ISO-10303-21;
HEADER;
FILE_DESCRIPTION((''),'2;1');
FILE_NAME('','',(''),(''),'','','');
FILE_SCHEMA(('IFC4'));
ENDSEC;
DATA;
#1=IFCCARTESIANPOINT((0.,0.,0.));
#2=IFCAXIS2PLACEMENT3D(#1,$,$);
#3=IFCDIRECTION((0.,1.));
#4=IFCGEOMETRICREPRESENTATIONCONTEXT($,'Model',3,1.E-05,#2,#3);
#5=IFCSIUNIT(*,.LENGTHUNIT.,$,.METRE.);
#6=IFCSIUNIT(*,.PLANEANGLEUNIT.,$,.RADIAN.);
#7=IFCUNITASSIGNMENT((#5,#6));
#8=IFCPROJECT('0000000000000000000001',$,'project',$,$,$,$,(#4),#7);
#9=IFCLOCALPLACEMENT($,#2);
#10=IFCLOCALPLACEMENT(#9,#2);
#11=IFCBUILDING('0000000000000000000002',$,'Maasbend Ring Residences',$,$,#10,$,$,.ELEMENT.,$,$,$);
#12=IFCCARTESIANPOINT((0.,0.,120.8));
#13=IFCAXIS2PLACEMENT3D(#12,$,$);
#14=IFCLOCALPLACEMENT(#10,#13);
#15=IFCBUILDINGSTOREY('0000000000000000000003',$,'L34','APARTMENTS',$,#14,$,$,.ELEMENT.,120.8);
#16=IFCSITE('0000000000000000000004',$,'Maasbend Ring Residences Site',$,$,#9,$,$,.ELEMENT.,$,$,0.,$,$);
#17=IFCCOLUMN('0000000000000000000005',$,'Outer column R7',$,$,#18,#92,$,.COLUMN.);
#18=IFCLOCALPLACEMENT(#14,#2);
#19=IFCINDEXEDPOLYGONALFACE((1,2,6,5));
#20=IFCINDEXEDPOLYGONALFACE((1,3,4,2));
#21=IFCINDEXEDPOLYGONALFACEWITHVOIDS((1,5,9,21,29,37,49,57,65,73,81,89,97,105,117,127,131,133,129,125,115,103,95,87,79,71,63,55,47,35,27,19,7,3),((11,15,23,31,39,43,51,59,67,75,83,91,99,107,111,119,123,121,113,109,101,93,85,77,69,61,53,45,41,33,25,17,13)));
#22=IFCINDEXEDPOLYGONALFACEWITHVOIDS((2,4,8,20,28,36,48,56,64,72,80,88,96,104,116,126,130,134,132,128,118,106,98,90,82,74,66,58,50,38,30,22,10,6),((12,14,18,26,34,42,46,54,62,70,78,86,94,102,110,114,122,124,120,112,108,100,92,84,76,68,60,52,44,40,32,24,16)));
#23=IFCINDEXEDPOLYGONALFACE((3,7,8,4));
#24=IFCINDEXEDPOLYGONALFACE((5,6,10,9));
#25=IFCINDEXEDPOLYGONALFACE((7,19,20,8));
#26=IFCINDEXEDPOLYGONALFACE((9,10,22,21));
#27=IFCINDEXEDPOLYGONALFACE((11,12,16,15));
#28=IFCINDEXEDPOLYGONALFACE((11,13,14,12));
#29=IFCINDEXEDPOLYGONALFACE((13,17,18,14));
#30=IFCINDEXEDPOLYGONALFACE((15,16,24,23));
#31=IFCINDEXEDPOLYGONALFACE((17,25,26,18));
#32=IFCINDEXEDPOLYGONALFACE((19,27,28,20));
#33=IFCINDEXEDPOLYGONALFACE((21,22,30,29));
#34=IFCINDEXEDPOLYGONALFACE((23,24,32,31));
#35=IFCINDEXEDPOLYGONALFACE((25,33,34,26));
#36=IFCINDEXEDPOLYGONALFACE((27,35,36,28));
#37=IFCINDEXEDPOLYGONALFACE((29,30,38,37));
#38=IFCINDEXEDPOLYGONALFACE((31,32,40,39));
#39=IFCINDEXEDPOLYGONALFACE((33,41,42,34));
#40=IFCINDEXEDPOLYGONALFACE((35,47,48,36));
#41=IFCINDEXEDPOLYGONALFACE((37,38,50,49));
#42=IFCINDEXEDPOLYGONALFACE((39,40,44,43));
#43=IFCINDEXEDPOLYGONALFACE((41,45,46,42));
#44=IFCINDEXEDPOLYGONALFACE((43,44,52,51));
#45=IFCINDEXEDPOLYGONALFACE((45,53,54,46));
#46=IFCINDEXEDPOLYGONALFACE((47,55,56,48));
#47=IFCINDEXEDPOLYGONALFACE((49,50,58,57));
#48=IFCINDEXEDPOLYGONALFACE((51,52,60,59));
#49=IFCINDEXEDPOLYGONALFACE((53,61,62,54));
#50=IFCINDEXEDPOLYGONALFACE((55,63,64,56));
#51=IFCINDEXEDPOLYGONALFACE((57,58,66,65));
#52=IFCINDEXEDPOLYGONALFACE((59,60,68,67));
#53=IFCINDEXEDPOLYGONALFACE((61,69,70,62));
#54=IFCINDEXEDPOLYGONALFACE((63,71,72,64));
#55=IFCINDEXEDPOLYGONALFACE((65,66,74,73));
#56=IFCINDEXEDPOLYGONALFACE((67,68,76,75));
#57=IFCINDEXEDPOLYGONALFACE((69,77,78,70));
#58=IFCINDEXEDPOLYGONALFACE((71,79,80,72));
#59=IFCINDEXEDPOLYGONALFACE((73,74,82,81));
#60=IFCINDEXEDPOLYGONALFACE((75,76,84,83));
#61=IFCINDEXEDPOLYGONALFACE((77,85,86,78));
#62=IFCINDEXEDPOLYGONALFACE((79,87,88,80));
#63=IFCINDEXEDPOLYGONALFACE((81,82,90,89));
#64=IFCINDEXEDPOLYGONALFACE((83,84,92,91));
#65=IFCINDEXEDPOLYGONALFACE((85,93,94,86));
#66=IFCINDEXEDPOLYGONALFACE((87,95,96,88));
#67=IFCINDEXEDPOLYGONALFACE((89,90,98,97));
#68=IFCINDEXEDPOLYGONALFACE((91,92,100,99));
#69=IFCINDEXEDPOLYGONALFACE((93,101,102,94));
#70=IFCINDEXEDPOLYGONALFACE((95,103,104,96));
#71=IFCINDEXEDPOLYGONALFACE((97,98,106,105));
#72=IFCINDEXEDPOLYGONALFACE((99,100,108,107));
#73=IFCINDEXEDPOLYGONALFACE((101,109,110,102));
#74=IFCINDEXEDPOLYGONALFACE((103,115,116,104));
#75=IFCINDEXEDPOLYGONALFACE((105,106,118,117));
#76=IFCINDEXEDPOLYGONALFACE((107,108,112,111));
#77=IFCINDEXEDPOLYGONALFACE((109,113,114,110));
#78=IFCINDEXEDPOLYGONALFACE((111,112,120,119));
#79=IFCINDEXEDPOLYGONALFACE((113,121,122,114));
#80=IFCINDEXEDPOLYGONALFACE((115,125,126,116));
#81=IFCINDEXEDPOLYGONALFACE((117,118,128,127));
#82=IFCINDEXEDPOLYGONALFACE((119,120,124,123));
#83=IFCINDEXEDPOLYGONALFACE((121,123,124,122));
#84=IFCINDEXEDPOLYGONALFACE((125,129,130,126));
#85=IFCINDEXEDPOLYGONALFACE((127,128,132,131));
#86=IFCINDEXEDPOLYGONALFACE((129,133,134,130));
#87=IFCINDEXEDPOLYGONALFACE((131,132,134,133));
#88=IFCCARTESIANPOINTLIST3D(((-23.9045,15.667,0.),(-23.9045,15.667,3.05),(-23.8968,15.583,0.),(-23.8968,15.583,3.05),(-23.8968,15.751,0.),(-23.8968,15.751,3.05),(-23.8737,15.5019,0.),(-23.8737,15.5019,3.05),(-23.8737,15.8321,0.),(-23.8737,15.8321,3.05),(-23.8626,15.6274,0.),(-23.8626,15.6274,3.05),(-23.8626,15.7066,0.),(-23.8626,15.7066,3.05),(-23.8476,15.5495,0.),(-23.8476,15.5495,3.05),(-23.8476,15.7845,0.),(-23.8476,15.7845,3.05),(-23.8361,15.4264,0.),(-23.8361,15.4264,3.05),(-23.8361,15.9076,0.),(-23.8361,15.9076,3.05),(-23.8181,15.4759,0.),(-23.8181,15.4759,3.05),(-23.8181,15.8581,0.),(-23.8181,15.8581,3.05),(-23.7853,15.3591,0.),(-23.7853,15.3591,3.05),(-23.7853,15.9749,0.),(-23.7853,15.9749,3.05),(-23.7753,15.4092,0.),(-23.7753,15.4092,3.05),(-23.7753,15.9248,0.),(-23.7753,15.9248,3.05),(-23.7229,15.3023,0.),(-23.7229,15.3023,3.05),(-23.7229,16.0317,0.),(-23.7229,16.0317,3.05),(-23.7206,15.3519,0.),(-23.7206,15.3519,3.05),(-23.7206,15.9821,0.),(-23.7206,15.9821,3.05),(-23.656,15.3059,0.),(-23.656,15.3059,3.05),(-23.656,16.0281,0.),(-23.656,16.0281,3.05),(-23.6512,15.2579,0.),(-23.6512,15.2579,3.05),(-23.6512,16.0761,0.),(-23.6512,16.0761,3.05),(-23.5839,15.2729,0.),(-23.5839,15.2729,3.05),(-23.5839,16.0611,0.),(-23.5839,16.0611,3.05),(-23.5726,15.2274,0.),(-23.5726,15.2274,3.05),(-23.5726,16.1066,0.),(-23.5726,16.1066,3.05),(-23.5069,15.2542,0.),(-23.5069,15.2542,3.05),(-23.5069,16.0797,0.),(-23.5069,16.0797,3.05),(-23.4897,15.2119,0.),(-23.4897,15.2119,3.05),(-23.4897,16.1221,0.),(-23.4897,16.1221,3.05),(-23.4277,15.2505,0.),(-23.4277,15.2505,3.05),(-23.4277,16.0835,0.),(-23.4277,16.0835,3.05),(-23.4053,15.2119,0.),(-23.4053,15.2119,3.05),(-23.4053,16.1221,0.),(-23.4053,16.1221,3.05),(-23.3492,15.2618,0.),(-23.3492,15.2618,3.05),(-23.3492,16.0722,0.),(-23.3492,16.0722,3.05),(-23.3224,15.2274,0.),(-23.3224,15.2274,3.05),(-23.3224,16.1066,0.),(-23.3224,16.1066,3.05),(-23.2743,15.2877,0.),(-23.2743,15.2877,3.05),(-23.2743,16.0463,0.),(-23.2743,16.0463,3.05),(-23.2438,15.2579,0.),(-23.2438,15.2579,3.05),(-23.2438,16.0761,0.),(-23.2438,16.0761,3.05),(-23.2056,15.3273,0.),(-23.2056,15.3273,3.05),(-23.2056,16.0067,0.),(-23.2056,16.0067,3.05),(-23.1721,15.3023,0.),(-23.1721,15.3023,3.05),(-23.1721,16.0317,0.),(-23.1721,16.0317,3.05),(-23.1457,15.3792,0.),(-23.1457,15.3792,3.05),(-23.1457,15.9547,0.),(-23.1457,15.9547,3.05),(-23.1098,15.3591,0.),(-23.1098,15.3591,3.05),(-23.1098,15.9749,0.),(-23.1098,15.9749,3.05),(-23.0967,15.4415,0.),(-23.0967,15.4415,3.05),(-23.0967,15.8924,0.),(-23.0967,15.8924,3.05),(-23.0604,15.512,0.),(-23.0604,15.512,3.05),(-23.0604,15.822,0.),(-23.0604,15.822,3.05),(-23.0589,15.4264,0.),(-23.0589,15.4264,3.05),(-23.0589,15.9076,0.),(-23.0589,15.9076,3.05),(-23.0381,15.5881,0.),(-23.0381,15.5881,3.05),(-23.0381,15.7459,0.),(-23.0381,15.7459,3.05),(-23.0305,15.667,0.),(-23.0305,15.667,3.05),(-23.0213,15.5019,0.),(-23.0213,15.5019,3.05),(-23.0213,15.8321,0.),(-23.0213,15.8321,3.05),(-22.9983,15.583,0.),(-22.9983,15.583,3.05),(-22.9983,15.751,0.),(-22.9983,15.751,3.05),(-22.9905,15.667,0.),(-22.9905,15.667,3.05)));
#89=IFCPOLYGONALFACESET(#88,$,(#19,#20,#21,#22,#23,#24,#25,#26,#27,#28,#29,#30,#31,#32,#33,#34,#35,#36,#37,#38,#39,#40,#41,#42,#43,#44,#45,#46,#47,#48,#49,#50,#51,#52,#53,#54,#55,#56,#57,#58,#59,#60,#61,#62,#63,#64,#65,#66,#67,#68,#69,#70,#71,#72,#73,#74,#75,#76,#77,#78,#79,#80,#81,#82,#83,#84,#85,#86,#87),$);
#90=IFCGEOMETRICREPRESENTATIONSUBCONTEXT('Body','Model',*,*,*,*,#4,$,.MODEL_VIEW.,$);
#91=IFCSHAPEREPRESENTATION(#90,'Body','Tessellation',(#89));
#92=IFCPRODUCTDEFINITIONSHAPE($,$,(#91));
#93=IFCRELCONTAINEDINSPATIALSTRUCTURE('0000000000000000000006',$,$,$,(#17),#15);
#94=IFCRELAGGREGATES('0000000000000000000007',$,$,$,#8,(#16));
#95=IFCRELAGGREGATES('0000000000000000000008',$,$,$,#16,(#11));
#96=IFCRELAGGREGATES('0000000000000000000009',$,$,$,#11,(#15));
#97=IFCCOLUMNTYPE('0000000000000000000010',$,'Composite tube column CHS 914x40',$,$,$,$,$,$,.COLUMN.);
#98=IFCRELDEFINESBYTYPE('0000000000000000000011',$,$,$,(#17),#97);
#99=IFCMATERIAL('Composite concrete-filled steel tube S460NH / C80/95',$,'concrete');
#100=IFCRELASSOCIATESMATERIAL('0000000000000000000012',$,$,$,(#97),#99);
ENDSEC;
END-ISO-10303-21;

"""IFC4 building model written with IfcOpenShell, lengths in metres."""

from ifc_helpers import new_model, si_unit, direction, frame, origin, origin_2d, place, context, subcontext, project, spatial, hollow_circle, extrude, material, material_profile, profile_set, type_object, element, save


model = new_model("IFC4")

# Units and contexts
model_context = context("Model", 3, precision=1e-05, world=origin(), true_north=direction((0.0, 1.0)))
body_context = subcontext(model_context, "Body", "Model", "MODEL_VIEW")
ifc_project = project(units=[si_unit("LENGTHUNIT", "METRE"), si_unit("PLANEANGLEUNIT", "RADIAN")], contexts=[model_context])

# Site, building, storey
site_placement = place(None, origin())
site = spatial("IfcSite", under=ifc_project, at=site_placement, Name="Maasbend Ring Residences Site", CompositionType="ELEMENT", RefElevation=0.0)
building_placement = place(site_placement, origin())
building = spatial("IfcBuilding", under=site, at=building_placement, Name="Maasbend Ring Residences", CompositionType="ELEMENT")
storey_placement = place(building_placement, frame((0.0, 0.0, 120.8)))
storey = spatial("IfcBuildingStorey", under=building, at=storey_placement, Name="L34", Description="APARTMENTS", CompositionType="ELEMENT", Elevation=120.8)

# Column
ifc_material_1 = material(Name="Composite concrete-filled steel tube S460NH / C80/95", Category="concrete")
ifc_material_profile = material_profile(ifc_material_1, hollow_circle(Radius=0.457, WallThickness=0.04, at=origin_2d()), Name="Composite tube column CHS 914x40")
ifc_profile_set = profile_set([ifc_material_profile], Name="Composite concrete-filled steel tube S460NH / C80/95")
column_type = type_object("IfcColumnType", Name="Composite tube column CHS 914x40", PredefinedType="COLUMN", material=ifc_profile_set)
column_placement = place(storey_placement, frame((-23.4475, 15.667, 0.0), z_axis=(0.0, 0.0, 1.0), x_axis=(1.0, 0.0, 0.0)))
element("IfcColumn", 1, at=column_placement, inside=storey, type_object=column_type, Name="Outer column R7", PredefinedType="COLUMN", context=body_context, shape_type="SweptSolid", body=[
    extrude(hollow_circle(Radius=0.457, WallThickness=0.04, at=origin_2d()), origin(), (0.0, 0.0, 1.0), 3.05),
])

save(model, "model.ifc")
